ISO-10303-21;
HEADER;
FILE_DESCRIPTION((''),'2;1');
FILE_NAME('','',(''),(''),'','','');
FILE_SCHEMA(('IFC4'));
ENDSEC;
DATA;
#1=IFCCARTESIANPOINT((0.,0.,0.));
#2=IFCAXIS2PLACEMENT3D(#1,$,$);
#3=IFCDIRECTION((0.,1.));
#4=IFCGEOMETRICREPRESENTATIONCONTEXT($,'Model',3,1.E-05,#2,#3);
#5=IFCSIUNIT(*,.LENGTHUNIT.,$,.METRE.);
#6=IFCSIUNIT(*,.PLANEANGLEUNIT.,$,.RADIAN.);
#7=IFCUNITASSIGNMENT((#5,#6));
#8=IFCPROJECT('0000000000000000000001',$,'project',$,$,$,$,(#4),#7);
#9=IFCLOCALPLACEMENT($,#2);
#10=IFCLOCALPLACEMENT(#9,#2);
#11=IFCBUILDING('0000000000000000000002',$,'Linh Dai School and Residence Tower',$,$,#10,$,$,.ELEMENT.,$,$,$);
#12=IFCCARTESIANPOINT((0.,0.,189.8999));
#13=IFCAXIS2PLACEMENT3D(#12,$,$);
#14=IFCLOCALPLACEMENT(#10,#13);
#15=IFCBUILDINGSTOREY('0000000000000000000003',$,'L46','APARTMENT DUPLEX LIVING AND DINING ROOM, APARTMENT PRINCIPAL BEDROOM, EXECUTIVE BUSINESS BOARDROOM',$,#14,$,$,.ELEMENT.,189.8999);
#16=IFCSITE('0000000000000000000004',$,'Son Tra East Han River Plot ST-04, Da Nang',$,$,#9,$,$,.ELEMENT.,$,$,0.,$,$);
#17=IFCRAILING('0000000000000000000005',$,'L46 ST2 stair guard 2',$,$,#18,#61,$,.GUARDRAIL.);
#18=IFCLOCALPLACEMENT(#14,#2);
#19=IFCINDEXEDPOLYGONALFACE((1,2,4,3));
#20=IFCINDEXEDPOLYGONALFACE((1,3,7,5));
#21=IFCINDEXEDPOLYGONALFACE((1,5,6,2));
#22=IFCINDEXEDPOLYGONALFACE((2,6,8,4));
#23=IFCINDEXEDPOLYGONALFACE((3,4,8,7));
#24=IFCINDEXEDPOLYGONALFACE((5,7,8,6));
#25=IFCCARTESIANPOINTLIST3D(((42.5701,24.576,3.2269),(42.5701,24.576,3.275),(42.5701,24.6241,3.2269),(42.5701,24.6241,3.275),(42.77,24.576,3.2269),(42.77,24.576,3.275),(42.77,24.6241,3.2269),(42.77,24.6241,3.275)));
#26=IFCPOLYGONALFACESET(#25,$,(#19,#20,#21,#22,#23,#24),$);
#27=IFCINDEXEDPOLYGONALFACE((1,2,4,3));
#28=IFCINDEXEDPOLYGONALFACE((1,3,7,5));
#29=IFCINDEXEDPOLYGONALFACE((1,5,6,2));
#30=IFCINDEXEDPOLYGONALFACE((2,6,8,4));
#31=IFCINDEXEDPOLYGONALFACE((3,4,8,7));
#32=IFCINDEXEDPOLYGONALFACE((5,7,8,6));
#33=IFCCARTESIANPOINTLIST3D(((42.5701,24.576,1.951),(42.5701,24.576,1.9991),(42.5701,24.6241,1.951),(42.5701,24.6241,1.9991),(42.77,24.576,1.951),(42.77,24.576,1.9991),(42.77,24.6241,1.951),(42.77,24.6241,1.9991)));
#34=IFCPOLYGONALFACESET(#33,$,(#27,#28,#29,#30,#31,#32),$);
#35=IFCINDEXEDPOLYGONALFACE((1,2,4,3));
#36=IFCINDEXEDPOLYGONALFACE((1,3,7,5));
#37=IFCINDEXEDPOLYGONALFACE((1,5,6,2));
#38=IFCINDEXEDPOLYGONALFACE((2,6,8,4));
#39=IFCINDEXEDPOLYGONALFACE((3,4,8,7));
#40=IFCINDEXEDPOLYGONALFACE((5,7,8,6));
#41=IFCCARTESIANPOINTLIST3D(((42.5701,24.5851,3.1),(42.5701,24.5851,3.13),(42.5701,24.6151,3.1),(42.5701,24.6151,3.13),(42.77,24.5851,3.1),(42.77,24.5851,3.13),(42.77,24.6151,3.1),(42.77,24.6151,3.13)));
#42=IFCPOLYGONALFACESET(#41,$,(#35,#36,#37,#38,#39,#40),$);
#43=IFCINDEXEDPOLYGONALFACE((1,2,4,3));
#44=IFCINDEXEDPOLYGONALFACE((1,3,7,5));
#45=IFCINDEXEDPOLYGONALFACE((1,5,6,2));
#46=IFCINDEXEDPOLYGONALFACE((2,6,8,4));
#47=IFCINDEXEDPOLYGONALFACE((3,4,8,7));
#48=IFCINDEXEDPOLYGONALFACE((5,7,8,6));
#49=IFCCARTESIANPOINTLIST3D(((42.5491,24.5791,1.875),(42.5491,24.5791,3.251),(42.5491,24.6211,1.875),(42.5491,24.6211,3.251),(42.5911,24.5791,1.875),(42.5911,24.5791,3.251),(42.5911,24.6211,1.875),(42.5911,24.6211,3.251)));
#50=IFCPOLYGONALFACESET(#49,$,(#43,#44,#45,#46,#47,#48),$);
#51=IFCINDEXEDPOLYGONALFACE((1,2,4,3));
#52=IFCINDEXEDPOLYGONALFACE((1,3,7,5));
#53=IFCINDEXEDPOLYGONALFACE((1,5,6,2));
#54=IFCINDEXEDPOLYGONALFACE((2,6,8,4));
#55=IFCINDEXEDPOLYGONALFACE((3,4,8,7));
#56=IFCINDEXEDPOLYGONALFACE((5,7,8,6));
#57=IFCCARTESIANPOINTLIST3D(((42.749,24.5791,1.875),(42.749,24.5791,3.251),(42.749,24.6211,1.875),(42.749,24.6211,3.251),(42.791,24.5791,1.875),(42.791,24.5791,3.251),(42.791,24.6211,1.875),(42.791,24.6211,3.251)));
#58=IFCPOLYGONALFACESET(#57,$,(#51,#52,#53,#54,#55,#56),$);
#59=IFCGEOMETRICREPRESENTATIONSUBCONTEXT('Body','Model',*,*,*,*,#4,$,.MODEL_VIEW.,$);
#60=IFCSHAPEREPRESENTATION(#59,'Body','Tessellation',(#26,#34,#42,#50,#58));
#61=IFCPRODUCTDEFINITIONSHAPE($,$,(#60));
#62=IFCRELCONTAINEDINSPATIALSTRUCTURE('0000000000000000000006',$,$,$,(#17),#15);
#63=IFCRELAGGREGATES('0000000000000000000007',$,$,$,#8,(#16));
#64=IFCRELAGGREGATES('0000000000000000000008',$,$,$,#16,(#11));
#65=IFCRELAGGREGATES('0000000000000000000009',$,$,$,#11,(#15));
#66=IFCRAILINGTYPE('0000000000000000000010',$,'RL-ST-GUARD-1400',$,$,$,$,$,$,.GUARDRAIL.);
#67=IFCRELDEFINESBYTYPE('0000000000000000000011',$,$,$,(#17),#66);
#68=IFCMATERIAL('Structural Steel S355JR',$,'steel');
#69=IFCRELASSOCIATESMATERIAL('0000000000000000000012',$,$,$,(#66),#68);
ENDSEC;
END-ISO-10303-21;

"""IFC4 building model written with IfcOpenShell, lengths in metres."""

from ifc_helpers import new_model, si_unit, direction, frame, origin, origin_2d, place, context, subcontext, project, spatial, rectangle, extrude, source, transform, mapped, material, type_object, element, save


model = new_model("IFC4")

# Units and contexts
model_context = context("Model", 3, precision=1e-05, world=origin(), true_north=direction((0.0, 1.0)))
body_context = subcontext(model_context, "Body", "Model", "MODEL_VIEW")
ifc_project = project(units=[si_unit("LENGTHUNIT", "METRE"), si_unit("PLANEANGLEUNIT", "RADIAN")], contexts=[model_context])

# Site, building, storey
site_placement = place(None, origin())
site = spatial("IfcSite", under=ifc_project, at=site_placement, Name="Son Tra East Han River Plot ST-04, Da Nang", CompositionType="ELEMENT", RefElevation=0.0)
building_placement = place(site_placement, origin())
building = spatial("IfcBuilding", under=site, at=building_placement, Name="Linh Dai School and Residence Tower", CompositionType="ELEMENT")
storey_placement = place(building_placement, frame((0.0, 0.0, 189.8999)))
storey = spatial("IfcBuildingStorey", under=building, at=storey_placement, Name="L46", Description="APARTMENT DUPLEX LIVING AND DINING ROOM, APARTMENT PRINCIPAL BEDROOM, EXECUTIVE BUSINESS BOARDROOM", CompositionType="ELEMENT", Elevation=189.8999)

# Shared definitions
ifc_material_1 = material(Name="Structural Steel S355JR", Category="steel")

# Railing
railing_type_1 = type_object("IfcRailingType", Name="RL-ST-GUARD-1400", PredefinedType="GUARDRAIL", material=ifc_material_1)
shared_shape_1 = source(origin(), body_context, "Body", "SweptSolid", [
    extrude(rectangle(XDim=0.0481, YDim=0.0481, at=origin_2d()), frame((0.0, 0.0, 1.376), z_axis=(1.0, 0.0, 0.0), x_axis=(0.0, 1.0, 0.0)), (0.0, 0.0, 1.0), 0.2),
    extrude(rectangle(XDim=0.0481, YDim=0.0481, at=origin_2d()), frame((0.0, 0.0, 0.1001), z_axis=(1.0, 0.0, 0.0), x_axis=(0.0, 1.0, 0.0)), (0.0, 0.0, 1.0), 0.2),
    extrude(rectangle(XDim=0.03, YDim=0.03, at=origin_2d()), frame((0.0, 0.0, 1.24), z_axis=(1.0, 0.0, 0.0), x_axis=(0.0, 1.0, 0.0)), (0.0, 0.0, 1.0), 0.2),
    extrude(rectangle(XDim=0.042, YDim=0.042, at=origin_2d()), origin(), (0.0, 0.0, 1.0), 1.376),
    extrude(rectangle(XDim=0.042, YDim=0.042, at=origin_2d()), frame((0.2, 0.0, 0.0)), (0.0, 0.0, 1.0), 1.376),
])
railing_1_placement = place(storey_placement, frame((42.5701, 24.6001, 1.875)))
element("IfcRailing", 1, at=railing_1_placement, inside=storey, type_object=railing_type_1, Name="L46 ST2 stair guard 2", PredefinedType="GUARDRAIL", context=body_context, shape_type="MappedRepresentation", body=[
    mapped(shared_shape_1, transform((0.0, 0.0, 0.0), x_axis=(1.0, 0.0, 0.0), y_axis=(0.0, 1.0, 0.0), z_axis=(0.0, 0.0, 1.0), scale=1.0)),
])

save(model, "model.ifc")
